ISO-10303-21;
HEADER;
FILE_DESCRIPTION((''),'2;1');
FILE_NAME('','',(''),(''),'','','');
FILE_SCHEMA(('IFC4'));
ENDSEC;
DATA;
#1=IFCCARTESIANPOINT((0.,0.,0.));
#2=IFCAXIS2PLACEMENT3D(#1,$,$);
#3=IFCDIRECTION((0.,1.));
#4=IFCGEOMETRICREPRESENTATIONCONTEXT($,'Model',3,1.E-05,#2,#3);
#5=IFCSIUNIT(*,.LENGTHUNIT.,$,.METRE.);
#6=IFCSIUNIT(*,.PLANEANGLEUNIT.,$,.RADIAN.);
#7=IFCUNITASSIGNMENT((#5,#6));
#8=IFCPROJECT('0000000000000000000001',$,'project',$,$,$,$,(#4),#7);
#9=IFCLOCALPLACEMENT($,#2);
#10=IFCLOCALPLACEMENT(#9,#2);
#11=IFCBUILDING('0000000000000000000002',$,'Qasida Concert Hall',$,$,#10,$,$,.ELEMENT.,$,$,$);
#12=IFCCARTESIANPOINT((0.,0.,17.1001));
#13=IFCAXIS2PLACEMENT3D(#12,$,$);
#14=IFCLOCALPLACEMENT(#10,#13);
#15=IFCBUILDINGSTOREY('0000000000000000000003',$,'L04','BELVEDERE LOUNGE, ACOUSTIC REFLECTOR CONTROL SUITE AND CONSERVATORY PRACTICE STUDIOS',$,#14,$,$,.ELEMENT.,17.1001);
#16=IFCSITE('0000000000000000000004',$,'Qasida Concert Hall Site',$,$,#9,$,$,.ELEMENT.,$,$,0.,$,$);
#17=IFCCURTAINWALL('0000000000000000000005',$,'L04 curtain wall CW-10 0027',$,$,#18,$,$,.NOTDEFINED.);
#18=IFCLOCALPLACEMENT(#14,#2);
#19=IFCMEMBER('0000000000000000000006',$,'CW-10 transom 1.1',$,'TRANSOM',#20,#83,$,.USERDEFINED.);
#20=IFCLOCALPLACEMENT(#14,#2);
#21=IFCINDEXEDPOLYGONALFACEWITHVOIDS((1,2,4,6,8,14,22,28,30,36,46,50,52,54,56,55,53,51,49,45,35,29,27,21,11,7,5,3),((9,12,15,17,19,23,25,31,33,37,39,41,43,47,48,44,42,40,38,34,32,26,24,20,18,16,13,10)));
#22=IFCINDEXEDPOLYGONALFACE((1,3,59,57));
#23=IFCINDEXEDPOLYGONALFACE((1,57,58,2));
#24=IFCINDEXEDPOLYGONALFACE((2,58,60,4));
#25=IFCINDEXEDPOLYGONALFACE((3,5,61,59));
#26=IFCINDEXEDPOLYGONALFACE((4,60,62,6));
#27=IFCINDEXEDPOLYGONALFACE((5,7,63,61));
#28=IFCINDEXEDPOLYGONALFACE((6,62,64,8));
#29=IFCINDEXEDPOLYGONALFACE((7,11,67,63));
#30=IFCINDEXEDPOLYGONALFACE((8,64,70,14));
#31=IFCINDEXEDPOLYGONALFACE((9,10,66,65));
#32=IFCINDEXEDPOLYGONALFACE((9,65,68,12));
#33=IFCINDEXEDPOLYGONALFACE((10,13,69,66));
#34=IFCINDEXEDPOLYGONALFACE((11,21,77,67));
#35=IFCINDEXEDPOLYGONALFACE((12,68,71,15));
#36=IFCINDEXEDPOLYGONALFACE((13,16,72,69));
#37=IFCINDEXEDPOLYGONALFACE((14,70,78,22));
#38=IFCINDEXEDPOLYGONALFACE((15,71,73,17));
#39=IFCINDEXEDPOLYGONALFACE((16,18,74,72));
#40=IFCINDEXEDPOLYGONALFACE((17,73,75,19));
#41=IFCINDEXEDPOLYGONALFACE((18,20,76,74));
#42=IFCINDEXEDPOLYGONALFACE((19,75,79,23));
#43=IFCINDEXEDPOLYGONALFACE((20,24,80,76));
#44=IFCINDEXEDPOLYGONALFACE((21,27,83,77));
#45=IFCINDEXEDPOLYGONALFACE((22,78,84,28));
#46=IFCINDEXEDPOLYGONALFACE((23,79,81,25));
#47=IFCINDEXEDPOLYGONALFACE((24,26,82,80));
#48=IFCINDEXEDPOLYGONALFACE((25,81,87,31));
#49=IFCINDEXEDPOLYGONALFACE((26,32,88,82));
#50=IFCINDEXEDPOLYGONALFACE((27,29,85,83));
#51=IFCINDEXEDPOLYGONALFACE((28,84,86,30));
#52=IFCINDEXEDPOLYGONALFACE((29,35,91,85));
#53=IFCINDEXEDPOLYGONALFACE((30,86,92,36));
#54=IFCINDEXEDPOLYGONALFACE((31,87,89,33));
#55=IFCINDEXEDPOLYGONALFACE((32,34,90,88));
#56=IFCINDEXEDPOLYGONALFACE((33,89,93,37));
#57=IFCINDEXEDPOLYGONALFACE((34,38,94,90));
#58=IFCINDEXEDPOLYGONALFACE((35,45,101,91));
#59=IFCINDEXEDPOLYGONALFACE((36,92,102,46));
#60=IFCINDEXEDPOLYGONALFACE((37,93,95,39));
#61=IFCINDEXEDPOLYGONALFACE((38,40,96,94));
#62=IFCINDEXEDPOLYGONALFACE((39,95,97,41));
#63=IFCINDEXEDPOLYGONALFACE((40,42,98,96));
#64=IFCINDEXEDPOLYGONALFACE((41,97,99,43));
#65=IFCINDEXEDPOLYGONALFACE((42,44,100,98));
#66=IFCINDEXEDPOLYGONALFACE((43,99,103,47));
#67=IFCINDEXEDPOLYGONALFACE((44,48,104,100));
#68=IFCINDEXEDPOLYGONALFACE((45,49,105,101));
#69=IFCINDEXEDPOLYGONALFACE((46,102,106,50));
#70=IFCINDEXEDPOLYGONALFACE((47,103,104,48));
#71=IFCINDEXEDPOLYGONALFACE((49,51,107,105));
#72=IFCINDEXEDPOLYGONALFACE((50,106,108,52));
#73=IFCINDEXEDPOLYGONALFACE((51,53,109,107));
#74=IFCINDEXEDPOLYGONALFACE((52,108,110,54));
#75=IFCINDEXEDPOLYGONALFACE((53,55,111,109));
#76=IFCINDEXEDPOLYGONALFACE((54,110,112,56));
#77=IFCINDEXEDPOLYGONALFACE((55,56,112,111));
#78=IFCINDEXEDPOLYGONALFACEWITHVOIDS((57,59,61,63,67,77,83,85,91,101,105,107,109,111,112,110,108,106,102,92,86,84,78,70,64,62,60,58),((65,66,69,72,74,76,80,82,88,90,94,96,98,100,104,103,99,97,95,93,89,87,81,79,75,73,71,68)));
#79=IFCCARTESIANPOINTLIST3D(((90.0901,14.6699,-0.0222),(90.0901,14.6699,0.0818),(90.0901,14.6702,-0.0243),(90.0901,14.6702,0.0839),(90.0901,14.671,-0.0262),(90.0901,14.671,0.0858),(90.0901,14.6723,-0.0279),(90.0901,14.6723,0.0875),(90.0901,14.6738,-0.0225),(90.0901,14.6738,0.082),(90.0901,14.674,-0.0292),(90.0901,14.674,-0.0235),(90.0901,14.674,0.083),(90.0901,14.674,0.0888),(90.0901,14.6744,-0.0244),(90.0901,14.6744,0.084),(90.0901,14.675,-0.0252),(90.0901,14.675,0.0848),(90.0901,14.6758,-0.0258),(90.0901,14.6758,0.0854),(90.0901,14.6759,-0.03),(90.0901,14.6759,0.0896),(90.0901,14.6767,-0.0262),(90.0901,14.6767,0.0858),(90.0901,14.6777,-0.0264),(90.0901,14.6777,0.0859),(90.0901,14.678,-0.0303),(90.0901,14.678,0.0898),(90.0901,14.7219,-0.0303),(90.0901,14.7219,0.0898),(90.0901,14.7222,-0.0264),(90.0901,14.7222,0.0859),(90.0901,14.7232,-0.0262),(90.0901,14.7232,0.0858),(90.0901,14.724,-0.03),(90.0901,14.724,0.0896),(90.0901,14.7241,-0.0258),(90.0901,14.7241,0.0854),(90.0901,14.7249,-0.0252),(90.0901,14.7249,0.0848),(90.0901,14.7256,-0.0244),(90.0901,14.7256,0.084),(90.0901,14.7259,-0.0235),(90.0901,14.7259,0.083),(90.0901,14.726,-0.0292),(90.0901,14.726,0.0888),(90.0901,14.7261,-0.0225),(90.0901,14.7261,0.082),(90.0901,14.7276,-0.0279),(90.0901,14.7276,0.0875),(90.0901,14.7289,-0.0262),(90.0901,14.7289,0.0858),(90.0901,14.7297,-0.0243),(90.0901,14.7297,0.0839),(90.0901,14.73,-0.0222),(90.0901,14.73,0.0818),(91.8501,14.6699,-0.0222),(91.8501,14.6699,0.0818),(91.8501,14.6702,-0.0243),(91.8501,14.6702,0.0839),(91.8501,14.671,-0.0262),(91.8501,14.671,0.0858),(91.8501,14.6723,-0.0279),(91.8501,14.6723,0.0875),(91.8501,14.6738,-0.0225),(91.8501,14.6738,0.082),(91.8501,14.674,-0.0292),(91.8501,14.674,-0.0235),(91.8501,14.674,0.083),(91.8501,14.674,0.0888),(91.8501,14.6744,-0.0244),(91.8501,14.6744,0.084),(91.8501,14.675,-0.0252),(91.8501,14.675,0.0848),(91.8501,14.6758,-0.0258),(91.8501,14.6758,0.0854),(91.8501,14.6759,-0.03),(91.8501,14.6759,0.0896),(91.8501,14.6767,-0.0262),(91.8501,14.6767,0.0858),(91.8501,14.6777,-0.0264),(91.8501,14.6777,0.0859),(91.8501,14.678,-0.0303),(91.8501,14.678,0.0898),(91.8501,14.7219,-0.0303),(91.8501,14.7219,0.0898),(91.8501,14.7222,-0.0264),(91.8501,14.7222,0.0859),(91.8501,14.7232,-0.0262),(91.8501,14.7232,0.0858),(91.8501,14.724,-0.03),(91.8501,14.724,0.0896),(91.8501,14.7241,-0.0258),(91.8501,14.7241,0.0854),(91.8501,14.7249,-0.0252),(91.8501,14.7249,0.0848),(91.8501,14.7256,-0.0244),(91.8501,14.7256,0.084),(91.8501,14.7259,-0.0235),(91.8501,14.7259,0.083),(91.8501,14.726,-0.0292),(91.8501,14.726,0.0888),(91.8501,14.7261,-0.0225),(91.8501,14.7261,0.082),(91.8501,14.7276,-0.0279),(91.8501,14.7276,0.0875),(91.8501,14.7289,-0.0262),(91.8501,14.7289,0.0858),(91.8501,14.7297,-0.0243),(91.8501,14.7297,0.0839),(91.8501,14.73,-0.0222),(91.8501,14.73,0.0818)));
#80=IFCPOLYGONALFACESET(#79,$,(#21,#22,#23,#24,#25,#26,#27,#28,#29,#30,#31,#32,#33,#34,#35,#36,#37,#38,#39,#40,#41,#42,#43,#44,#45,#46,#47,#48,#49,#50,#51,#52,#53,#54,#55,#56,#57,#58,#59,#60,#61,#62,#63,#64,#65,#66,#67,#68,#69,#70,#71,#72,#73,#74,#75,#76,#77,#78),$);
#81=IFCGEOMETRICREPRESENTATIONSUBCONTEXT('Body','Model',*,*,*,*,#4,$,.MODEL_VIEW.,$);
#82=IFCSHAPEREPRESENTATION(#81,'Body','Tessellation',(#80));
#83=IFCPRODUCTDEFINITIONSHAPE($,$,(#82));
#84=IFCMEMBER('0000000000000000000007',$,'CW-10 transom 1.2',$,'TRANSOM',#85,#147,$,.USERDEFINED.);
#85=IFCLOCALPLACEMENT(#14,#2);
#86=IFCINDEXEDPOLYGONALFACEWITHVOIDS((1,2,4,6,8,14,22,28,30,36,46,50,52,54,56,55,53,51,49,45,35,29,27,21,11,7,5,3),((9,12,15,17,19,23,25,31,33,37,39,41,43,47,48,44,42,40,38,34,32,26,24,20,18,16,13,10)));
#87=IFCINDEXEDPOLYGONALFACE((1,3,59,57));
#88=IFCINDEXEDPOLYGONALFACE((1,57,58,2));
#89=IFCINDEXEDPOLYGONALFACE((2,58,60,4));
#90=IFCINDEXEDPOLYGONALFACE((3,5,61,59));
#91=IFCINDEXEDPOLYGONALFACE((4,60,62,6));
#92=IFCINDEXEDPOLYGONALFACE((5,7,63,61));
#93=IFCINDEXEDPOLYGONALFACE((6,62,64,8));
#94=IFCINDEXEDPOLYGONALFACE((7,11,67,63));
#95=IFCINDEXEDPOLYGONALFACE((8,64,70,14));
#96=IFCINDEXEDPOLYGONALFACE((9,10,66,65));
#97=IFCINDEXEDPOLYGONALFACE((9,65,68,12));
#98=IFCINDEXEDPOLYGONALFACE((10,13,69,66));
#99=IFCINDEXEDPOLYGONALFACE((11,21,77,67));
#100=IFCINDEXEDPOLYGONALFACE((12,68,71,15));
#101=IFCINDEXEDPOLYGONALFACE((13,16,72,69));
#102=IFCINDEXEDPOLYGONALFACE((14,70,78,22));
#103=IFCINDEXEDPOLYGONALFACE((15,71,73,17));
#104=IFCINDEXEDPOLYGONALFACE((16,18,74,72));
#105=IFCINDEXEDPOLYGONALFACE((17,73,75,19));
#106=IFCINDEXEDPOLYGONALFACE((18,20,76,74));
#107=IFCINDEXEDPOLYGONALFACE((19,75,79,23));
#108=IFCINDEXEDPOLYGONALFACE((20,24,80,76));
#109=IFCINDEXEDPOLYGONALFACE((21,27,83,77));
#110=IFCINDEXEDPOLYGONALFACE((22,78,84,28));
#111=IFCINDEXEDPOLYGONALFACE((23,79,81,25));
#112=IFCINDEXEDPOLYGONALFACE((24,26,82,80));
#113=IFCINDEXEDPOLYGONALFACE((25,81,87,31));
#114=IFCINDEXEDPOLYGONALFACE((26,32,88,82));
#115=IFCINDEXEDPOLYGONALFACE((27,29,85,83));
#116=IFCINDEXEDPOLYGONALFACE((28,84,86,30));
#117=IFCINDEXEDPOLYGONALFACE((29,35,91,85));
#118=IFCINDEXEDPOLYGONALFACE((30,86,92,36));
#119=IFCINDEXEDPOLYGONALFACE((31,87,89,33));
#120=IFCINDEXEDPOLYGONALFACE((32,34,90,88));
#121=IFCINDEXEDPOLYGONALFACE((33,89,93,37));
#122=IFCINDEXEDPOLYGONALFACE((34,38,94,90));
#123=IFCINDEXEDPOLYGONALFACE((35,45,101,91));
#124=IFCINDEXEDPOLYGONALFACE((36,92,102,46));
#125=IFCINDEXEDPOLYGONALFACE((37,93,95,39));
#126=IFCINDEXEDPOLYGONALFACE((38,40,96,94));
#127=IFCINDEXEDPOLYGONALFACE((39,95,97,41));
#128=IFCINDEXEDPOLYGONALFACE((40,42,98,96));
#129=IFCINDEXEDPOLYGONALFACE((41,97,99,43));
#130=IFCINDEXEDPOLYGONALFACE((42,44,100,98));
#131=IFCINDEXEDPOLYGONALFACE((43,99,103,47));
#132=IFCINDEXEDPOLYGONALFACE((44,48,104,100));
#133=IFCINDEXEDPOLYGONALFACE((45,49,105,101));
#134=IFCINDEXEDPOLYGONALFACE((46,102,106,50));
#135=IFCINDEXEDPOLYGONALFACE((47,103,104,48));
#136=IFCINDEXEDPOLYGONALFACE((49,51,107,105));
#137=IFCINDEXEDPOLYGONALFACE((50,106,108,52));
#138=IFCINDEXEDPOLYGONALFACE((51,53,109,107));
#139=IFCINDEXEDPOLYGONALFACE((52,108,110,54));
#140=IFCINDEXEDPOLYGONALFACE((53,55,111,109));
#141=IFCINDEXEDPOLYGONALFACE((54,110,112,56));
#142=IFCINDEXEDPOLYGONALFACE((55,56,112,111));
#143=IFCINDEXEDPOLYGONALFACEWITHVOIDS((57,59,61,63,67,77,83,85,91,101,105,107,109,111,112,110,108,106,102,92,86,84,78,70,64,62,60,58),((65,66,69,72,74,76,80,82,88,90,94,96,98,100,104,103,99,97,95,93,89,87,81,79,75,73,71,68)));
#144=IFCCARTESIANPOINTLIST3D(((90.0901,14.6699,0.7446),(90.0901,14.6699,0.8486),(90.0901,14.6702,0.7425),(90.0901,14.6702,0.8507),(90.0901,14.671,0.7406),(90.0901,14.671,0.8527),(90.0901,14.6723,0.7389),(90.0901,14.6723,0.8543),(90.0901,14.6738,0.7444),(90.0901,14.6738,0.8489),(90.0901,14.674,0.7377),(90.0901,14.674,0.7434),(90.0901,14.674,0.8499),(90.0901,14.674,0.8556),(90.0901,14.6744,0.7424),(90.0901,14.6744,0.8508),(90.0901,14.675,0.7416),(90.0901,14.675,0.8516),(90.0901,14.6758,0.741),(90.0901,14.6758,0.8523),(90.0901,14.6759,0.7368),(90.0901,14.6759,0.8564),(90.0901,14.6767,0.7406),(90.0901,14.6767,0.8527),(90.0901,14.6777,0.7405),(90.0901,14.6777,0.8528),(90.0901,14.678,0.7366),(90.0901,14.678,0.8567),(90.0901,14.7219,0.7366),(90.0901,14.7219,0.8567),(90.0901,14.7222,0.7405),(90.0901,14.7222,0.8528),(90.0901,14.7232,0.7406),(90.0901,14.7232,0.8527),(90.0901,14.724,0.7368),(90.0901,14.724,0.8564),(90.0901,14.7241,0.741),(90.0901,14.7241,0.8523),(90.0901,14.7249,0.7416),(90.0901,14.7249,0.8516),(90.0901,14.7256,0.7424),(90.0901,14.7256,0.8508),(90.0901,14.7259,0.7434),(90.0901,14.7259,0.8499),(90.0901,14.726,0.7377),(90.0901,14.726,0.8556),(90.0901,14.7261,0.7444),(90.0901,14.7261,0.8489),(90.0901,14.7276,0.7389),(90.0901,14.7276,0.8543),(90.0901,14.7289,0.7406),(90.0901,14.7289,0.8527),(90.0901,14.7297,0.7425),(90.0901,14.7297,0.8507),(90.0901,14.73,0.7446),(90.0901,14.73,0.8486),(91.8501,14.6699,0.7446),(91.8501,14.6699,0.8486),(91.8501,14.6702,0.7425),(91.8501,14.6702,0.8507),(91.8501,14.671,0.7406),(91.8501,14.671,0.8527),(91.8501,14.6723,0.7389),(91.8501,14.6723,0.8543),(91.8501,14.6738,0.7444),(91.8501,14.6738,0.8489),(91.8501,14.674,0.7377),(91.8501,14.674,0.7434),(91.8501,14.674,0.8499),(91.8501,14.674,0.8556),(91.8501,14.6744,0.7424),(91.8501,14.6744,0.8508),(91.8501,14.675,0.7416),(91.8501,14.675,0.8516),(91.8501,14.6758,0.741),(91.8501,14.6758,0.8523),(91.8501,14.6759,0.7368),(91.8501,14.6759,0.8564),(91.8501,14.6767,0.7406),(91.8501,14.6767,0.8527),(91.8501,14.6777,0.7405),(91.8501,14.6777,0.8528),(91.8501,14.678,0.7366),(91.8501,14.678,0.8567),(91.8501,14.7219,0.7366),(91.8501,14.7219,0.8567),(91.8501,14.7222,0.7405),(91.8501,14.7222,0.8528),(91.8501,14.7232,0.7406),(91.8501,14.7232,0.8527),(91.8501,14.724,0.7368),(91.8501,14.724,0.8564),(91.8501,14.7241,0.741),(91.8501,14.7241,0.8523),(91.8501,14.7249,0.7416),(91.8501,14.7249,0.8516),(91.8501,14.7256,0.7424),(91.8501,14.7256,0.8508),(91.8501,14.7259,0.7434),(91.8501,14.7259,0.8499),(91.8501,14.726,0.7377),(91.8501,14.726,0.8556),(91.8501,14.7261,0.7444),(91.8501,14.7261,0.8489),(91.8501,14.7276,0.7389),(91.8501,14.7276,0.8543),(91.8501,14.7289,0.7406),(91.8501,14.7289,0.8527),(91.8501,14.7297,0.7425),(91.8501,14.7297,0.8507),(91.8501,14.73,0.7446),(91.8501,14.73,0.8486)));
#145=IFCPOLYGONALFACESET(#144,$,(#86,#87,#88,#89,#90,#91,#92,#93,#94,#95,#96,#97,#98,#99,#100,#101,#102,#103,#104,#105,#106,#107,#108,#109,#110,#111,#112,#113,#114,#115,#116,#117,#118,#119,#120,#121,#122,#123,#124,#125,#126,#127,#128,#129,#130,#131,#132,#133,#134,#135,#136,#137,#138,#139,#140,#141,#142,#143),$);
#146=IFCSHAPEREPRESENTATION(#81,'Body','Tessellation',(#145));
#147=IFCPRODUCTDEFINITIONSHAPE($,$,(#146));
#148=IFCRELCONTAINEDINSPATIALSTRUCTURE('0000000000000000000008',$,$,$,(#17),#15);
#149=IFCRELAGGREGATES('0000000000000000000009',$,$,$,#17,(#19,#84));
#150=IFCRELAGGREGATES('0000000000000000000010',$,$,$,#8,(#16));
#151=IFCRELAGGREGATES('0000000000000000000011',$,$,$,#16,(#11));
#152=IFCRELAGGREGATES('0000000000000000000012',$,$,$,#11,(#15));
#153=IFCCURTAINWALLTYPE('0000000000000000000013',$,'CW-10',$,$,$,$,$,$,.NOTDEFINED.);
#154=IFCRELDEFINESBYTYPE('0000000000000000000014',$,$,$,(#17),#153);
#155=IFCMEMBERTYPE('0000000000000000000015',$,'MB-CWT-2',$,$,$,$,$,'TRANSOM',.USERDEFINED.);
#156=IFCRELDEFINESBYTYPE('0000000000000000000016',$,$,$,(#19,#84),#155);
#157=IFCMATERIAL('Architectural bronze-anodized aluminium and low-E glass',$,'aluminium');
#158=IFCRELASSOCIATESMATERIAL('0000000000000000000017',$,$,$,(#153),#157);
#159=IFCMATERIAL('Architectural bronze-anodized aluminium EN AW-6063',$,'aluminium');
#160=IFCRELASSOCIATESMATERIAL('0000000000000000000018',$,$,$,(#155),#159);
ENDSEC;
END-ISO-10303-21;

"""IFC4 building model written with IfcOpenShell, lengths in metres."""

from ifc_helpers import new_model, si_unit, direction, frame, origin, origin_2d, place, context, subcontext, project, spatial, hollow_rectangle, extrude, material, material_profile, profile_set, type_object, element, aggregate, save


model = new_model("IFC4")

# Units and contexts
model_context = context("Model", 3, precision=1e-05, world=origin(), true_north=direction((0.0, 1.0)))
body_context = subcontext(model_context, "Body", "Model", "MODEL_VIEW")
ifc_project = project(units=[si_unit("LENGTHUNIT", "METRE"), si_unit("PLANEANGLEUNIT", "RADIAN")], contexts=[model_context])

# Site, building, storey
site_placement = place(None, origin())
site = spatial("IfcSite", under=ifc_project, at=site_placement, Name="Qasida Concert Hall Site", CompositionType="ELEMENT", RefElevation=0.0)
building_placement = place(site_placement, origin())
building = spatial("IfcBuilding", under=site, at=building_placement, Name="Qasida Concert Hall", CompositionType="ELEMENT")
storey_placement = place(building_placement, frame((0.0, 0.0, 17.1001)))
storey = spatial("IfcBuildingStorey", under=building, at=storey_placement, Name="L04", Description="BELVEDERE LOUNGE, ACOUSTIC REFLECTOR CONTROL SUITE AND CONSERVATORY PRACTICE STUDIOS", CompositionType="ELEMENT", Elevation=17.1001)

# Curtain wall, members
ifc_material_1 = material(Name="Architectural bronze-anodized aluminium and low-E glass", Category="aluminium")
curtain_wall_type = type_object("IfcCurtainWallType", Name="CW-10", PredefinedType="NOTDEFINED", material=ifc_material_1)
curtain_wall_placement = place(storey_placement, origin())
curtain_wall = element("IfcCurtainWall", 1, at=curtain_wall_placement, inside=storey, type_object=curtain_wall_type, Name="L04 curtain wall CW-10 0027", PredefinedType="NOTDEFINED")
ifc_material_2 = material(Name="Architectural bronze-anodized aluminium EN AW-6063", Category="aluminium")
ifc_material_profile_1 = material_profile(ifc_material_2, hollow_rectangle(XDim=0.0601, YDim=0.1201, WallThickness=0.0039, InnerFilletRadius=0.0039, OuterFilletRadius=0.0081, at=origin_2d()), Name="CWT 120x60x4")
ifc_profile_set_1 = profile_set([ifc_material_profile_1], Name="Architectural bronze-anodized aluminium EN AW-6063")
member_type_1 = type_object("IfcMemberType", Name="MB-CWT-2", ElementType="TRANSOM", PredefinedType="USERDEFINED", material=ifc_profile_set_1)
member_1_placement = place(storey_placement, frame((90.0901, 14.7, 0.0298), z_axis=(1.0, 0.0, 0.0), x_axis=(0.0, 1.0, 0.0)))
member_1 = element("IfcMember", 2, at=member_1_placement, type_object=member_type_1, Name="CW-10 transom 1.1", ObjectType="TRANSOM", PredefinedType="USERDEFINED", context=body_context, shape_type="SweptSolid", body=[
    extrude(hollow_rectangle(XDim=0.0601, YDim=0.1201, WallThickness=0.0039, InnerFilletRadius=0.0039, OuterFilletRadius=0.0081, at=origin_2d()), origin(), (0.0, 0.0, 1.0), 1.76),
])
member_2_placement = place(storey_placement, frame((90.0901, 14.7, 0.7966), z_axis=(1.0, 0.0, 0.0), x_axis=(0.0, 1.0, 0.0)))
member_2 = element("IfcMember", 3, at=member_2_placement, type_object=member_type_1, Name="CW-10 transom 1.2", ObjectType="TRANSOM", PredefinedType="USERDEFINED", context=body_context, shape_type="SweptSolid", body=[
    extrude(hollow_rectangle(XDim=0.0601, YDim=0.1201, WallThickness=0.0039, InnerFilletRadius=0.0039, OuterFilletRadius=0.0081, at=origin_2d()), origin(), (0.0, 0.0, 1.0), 1.76),
])
aggregate(curtain_wall, [member_1, member_2])

save(model, "model.ifc")
